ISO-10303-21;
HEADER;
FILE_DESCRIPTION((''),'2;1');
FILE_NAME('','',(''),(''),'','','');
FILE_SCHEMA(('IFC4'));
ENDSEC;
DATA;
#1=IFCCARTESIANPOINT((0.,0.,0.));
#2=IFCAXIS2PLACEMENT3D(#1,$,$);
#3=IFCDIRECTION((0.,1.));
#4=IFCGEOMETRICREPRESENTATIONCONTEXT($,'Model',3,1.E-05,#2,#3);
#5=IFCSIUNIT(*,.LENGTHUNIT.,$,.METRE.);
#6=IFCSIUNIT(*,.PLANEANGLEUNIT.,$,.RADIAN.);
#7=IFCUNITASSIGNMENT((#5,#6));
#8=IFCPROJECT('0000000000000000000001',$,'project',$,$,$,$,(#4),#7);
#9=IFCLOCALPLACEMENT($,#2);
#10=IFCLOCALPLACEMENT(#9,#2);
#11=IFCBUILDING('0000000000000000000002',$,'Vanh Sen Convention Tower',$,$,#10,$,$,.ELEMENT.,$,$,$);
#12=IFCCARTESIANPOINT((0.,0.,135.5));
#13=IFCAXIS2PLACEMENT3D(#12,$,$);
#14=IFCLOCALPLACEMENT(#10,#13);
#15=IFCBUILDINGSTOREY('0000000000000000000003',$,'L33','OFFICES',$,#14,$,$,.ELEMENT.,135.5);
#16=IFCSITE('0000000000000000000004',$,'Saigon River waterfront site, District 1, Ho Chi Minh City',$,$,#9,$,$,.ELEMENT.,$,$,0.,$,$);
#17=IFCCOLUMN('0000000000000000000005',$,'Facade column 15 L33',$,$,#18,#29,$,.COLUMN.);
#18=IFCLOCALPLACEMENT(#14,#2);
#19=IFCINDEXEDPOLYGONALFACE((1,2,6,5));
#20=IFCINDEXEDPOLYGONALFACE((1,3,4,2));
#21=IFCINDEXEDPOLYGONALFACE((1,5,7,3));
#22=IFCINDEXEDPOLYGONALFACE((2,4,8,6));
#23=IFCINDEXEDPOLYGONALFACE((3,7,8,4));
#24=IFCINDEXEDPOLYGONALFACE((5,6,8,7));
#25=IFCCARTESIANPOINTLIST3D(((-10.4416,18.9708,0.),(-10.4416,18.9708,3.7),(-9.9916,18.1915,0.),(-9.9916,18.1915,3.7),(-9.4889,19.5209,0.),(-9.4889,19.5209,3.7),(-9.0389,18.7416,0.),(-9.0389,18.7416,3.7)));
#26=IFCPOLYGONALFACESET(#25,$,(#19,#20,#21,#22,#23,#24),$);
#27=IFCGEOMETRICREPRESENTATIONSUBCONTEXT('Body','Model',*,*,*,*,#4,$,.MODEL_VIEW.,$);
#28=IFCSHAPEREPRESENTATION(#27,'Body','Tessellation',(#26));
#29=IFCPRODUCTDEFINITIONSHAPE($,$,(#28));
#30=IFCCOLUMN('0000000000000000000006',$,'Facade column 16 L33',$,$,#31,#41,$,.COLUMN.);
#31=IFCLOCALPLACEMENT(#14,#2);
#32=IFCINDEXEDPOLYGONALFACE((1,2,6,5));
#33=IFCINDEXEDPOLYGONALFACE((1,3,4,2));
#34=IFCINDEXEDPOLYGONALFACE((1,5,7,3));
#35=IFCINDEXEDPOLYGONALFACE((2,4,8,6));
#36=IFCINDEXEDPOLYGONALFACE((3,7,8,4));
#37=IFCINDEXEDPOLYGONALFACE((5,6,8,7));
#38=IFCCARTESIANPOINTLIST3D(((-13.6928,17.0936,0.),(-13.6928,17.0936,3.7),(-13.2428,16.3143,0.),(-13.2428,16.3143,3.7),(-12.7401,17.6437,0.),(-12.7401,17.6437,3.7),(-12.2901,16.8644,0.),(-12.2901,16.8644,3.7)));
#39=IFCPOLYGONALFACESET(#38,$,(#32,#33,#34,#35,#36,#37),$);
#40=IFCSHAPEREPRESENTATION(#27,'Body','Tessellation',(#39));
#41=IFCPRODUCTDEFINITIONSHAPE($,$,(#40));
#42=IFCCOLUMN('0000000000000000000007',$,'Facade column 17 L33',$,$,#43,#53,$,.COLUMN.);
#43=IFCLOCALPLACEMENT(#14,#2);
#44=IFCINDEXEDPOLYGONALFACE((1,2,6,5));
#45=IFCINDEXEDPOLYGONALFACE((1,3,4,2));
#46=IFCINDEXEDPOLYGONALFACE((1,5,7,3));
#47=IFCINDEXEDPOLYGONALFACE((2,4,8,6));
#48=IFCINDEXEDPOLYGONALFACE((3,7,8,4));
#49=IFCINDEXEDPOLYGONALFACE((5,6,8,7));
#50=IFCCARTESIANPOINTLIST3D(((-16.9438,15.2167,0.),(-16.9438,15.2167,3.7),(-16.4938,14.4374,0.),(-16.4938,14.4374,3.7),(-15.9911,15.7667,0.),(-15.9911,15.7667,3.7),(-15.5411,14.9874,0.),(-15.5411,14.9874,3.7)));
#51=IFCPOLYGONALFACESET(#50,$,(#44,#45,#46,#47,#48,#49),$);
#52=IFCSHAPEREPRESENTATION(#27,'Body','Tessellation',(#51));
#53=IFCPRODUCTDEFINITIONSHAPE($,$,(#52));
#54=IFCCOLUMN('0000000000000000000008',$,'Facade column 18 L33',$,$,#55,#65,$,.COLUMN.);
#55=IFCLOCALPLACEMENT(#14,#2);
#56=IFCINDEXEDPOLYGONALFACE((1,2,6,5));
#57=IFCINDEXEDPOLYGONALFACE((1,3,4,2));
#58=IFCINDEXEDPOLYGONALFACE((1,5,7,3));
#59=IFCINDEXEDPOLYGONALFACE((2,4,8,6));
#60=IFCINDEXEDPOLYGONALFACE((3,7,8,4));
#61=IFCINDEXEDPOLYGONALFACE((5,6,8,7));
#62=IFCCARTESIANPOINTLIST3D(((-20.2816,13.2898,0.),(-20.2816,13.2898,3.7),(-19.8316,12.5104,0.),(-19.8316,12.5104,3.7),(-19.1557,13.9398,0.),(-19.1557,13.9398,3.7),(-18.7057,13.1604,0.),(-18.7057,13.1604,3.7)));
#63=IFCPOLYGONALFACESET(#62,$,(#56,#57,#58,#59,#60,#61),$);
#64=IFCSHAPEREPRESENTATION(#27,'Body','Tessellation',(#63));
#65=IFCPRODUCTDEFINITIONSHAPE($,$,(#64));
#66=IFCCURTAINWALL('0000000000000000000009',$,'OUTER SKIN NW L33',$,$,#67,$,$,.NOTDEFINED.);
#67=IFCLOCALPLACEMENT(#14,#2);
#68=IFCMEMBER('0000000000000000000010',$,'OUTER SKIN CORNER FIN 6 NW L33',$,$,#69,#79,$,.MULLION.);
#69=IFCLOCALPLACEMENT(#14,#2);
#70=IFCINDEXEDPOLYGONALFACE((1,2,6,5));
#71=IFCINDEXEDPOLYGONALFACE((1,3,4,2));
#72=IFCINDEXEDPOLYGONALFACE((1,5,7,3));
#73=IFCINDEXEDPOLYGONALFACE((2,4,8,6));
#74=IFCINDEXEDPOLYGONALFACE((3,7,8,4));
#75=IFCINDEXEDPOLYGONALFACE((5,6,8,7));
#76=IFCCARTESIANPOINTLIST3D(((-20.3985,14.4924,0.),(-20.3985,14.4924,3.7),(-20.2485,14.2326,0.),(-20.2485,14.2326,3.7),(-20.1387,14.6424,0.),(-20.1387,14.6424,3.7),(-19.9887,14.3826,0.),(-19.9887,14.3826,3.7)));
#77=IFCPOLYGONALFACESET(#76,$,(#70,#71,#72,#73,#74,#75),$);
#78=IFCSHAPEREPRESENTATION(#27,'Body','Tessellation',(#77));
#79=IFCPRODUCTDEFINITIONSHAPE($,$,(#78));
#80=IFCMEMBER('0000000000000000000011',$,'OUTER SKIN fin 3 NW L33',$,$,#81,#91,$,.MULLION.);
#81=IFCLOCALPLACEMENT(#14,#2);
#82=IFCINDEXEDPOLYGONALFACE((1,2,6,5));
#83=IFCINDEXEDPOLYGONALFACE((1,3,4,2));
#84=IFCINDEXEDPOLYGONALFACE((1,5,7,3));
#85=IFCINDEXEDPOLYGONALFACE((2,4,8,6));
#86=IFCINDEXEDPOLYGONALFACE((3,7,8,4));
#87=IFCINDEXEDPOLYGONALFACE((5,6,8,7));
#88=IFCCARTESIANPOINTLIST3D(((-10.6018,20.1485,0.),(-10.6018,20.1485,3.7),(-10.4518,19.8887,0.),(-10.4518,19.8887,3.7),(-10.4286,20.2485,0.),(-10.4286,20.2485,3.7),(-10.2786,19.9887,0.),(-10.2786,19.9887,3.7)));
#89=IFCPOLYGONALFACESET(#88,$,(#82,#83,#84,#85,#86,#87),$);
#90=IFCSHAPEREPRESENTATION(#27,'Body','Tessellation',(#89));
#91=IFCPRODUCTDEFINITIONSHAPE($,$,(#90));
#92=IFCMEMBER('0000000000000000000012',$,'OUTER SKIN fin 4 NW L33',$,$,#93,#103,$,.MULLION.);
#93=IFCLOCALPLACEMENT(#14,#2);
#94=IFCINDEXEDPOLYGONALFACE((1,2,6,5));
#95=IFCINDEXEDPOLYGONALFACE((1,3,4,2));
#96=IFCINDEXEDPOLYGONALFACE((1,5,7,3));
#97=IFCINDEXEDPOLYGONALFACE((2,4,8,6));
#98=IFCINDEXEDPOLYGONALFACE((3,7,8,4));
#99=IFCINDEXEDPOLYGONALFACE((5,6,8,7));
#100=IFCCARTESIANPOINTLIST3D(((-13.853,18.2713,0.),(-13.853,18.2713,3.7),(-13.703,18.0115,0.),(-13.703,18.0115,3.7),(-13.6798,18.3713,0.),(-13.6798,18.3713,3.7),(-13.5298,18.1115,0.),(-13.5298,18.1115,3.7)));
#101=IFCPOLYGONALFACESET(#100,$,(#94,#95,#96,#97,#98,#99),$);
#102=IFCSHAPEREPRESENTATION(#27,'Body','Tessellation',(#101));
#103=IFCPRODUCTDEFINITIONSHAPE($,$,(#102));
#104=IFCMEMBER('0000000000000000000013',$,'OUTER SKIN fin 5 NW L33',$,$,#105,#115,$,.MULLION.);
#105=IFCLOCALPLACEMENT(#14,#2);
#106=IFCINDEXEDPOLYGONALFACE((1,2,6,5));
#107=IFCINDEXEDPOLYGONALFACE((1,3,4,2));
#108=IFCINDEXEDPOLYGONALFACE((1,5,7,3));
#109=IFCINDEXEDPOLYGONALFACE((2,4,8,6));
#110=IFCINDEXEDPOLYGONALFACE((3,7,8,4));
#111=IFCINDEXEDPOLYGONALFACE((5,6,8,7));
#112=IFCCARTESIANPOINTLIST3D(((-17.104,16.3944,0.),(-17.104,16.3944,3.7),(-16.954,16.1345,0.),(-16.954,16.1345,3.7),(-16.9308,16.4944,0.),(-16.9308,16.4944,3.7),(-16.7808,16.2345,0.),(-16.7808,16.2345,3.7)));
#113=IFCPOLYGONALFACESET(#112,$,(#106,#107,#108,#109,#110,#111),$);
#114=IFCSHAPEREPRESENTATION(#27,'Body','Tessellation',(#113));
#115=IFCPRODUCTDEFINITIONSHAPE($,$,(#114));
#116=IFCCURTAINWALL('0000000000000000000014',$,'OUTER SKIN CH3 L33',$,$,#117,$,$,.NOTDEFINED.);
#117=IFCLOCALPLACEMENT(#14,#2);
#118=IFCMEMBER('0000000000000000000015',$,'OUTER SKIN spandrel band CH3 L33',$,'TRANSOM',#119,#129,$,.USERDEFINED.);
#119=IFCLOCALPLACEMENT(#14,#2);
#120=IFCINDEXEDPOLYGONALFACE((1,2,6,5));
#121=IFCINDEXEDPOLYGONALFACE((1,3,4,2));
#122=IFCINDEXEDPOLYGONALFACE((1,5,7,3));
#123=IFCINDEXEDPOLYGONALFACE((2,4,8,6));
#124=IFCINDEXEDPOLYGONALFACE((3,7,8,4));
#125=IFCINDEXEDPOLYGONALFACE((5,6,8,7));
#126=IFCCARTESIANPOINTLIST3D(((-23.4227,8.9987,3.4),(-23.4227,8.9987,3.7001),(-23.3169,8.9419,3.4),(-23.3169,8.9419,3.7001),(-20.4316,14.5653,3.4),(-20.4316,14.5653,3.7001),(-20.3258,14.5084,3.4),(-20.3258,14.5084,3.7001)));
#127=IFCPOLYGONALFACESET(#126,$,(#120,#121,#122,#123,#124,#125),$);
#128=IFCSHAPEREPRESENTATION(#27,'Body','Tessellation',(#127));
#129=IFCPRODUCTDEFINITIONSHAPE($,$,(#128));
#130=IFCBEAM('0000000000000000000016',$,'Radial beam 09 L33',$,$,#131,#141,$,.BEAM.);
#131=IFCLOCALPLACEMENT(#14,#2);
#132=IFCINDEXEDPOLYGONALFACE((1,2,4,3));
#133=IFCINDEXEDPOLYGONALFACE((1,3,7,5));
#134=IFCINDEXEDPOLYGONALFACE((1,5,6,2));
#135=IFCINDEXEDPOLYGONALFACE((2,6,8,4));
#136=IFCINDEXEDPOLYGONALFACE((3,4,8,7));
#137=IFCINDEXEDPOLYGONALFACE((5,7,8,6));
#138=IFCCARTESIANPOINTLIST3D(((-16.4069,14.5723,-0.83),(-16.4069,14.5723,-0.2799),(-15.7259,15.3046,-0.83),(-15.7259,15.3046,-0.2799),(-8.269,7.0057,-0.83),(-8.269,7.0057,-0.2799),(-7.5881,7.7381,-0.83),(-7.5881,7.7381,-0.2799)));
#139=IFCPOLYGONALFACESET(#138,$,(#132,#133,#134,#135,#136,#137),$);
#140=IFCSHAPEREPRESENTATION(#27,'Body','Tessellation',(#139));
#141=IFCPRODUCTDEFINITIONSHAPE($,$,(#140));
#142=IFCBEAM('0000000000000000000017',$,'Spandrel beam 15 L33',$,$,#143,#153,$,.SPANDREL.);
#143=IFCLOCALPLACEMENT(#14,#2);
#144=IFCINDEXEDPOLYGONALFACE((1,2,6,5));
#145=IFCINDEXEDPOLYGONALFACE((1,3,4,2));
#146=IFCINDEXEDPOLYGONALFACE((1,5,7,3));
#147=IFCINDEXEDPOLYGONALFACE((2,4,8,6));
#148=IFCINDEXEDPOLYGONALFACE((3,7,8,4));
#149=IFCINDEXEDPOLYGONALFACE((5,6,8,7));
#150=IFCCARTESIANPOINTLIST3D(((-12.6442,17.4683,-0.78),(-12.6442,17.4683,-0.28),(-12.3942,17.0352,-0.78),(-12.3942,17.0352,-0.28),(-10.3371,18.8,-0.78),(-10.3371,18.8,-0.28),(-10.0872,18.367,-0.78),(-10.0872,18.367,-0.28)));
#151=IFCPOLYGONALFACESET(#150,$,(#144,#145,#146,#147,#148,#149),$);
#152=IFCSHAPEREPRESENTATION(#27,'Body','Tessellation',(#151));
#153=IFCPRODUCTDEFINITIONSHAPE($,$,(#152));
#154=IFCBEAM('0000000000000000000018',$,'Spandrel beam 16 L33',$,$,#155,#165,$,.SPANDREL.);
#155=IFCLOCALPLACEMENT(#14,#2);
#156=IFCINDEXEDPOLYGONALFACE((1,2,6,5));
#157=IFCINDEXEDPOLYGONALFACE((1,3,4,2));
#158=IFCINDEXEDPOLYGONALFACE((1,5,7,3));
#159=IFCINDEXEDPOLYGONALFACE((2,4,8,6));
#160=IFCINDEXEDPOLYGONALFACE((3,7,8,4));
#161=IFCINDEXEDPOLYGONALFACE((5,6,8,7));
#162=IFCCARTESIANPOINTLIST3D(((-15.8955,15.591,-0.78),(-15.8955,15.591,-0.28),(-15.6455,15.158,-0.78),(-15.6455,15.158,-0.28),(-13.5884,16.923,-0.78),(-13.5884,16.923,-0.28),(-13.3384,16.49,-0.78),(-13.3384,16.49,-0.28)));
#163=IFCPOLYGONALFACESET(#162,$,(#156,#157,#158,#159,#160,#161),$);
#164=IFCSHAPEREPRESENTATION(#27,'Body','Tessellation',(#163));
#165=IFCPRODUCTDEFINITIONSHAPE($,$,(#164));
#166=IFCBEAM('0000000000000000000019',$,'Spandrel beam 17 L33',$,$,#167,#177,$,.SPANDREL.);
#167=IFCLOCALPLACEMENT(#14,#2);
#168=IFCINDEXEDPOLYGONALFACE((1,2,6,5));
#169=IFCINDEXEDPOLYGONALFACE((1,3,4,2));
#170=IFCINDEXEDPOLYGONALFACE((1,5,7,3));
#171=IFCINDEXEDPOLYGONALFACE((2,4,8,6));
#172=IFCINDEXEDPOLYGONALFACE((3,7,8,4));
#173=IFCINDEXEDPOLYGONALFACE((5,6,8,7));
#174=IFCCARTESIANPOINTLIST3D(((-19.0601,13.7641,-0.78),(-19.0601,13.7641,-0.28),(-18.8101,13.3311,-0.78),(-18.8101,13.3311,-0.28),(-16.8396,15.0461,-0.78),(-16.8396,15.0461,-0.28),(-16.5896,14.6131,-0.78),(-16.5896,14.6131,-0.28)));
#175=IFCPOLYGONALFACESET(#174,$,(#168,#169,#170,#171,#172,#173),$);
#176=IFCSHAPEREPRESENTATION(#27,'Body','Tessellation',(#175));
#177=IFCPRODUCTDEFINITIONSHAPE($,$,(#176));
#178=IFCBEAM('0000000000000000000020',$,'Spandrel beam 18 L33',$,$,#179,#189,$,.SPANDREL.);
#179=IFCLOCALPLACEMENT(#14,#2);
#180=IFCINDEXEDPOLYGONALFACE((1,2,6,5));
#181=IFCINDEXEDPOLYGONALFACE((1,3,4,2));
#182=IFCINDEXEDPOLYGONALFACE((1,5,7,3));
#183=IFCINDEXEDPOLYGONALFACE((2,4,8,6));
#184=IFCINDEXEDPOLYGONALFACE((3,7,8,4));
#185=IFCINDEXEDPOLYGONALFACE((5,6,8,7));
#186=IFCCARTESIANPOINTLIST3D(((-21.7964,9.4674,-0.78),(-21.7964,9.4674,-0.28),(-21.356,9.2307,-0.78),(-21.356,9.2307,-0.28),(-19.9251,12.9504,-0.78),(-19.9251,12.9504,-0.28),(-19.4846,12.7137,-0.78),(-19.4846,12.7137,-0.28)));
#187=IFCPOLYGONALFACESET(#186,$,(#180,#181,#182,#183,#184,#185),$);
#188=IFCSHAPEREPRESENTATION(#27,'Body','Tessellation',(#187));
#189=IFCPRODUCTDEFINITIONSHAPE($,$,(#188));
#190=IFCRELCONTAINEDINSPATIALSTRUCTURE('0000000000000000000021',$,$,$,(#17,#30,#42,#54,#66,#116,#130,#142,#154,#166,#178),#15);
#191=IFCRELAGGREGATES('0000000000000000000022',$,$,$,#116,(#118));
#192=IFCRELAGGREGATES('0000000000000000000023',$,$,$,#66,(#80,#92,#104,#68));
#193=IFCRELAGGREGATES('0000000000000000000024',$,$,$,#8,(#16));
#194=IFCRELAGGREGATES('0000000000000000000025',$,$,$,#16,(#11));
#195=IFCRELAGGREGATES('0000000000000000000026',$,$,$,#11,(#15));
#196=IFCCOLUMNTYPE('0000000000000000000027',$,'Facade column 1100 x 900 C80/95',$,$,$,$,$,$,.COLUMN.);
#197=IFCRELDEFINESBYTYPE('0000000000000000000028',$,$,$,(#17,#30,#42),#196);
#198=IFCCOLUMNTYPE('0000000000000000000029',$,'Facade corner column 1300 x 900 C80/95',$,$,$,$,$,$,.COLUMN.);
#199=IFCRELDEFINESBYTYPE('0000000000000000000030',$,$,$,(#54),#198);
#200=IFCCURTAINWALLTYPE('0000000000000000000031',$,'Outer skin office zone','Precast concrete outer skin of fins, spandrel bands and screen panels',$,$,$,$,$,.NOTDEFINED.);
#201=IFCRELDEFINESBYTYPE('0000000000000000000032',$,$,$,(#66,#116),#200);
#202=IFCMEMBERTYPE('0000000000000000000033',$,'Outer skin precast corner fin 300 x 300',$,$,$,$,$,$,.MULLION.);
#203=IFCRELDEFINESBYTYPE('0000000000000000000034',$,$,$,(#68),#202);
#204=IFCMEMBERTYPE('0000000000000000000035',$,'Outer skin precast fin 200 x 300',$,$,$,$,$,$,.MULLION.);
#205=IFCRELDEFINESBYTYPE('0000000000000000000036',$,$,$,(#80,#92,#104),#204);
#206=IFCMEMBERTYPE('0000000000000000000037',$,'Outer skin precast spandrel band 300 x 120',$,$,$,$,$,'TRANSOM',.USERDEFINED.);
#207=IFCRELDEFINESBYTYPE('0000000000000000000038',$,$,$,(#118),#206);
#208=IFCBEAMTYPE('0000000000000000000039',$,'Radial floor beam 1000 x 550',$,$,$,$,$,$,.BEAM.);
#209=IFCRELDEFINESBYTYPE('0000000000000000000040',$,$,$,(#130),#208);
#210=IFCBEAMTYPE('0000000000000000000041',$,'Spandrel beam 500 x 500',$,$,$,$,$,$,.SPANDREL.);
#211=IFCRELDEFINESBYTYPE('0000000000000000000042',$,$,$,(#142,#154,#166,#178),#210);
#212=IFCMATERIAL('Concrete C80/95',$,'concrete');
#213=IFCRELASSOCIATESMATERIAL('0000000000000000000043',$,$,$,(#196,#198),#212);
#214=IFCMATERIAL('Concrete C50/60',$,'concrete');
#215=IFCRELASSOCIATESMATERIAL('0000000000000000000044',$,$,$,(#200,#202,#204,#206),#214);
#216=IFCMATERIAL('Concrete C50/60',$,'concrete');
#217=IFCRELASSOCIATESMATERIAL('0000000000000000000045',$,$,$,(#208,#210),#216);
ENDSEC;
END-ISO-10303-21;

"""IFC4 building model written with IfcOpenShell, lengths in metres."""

from ifc_helpers import new_model, si_unit, direction, frame, origin, origin_2d, place, context, subcontext, project, spatial, rectangle, extrude, material, material_profile, profile_set, type_object, element, aggregate, save


model = new_model("IFC4")

# Units and contexts
model_context = context("Model", 3, precision=1e-05, world=origin(), true_north=direction((0.0, 1.0)))
body_context = subcontext(model_context, "Body", "Model", "MODEL_VIEW")
ifc_project = project(units=[si_unit("LENGTHUNIT", "METRE"), si_unit("PLANEANGLEUNIT", "RADIAN")], contexts=[model_context])

# Site, building, storey
site_placement = place(None, origin())
site = spatial("IfcSite", under=ifc_project, at=site_placement, Name="Saigon River waterfront site, District 1, Ho Chi Minh City", CompositionType="ELEMENT", RefElevation=0.0)
building_placement = place(site_placement, origin())
building = spatial("IfcBuilding", under=site, at=building_placement, Name="Vanh Sen Convention Tower", CompositionType="ELEMENT")
storey_placement = place(building_placement, frame((0.0, 0.0, 135.5)))
storey = spatial("IfcBuildingStorey", under=building, at=storey_placement, Name="L33", Description="OFFICES", CompositionType="ELEMENT", Elevation=135.5)

# Columns
ifc_material_1 = material(Name="Concrete C80/95", Category="concrete")
ifc_material_profile_1 = material_profile(ifc_material_1, rectangle(XDim=1.1001, YDim=0.8999, at=origin_2d()), Name="RC 1100X900")
ifc_profile_set_1 = profile_set([ifc_material_profile_1], Name="Concrete C80/95")
column_type_1 = type_object("IfcColumnType", Name="Facade column 1100 x 900 C80/95", PredefinedType="COLUMN", material=ifc_profile_set_1)
for number, where, z_axis, x_axis, name in (
    (1, (-9.7402, 18.8562, 0.0), (0.0, 0.0, 1.0), (-0.866025, -0.5, 0.0), "Facade column 15 L33"),
    (2, (-12.9915, 16.979, 0.0), (0.0, 0.0, 1.0), (-0.866025, -0.5, 0.0), "Facade column 16 L33"),
    (3, (-16.2424, 15.1021, 0.0), (0.0, 0.0, 1.0), (-0.866025, -0.5, 0.0), "Facade column 17 L33"),
):
    element("IfcColumn", number, at=place(storey_placement, frame(where, z_axis=z_axis, x_axis=x_axis)), inside=storey, type_object=column_type_1, Name=name, PredefinedType="COLUMN", context=body_context, shape_type="SweptSolid", body=[
        extrude(rectangle(XDim=1.1001, YDim=0.8999, at=origin_2d()), origin(), (0.0, 0.0, 1.0), 3.7),
    ])
ifc_material_profile_2 = material_profile(ifc_material_1, rectangle(XDim=1.3, YDim=0.8999, at=origin_2d()), Name="RC 1300X900")
ifc_profile_set_2 = profile_set([ifc_material_profile_2], Name="Concrete C80/95")
column_type_2 = type_object("IfcColumnType", Name="Facade corner column 1300 x 900 C80/95", PredefinedType="COLUMN", material=ifc_profile_set_2)
column_placement = place(storey_placement, frame((-19.4937, 13.2251, 0.0), z_axis=(0.0, 0.0, 1.0), x_axis=(-0.866025, -0.5, 0.0)))
element("IfcColumn", 4, at=column_placement, inside=storey, type_object=column_type_2, Name="Facade column 18 L33", PredefinedType="COLUMN", context=body_context, shape_type="SweptSolid", body=[
    extrude(rectangle(XDim=1.3, YDim=0.8999, at=origin_2d()), origin(), (0.0, 0.0, 1.0), 3.7),
])

# Curtain wall, members
ifc_material_2 = material(Name="Concrete C50/60", Category="concrete")
curtain_wall_type = type_object("IfcCurtainWallType", Name="Outer skin office zone", Description="Precast concrete outer skin of fins, spandrel bands and screen panels", PredefinedType="NOTDEFINED", material=ifc_material_2)
curtain_wall_1_placement = place(storey_placement, origin())
curtain_wall_1 = element("IfcCurtainWall", 5, at=curtain_wall_1_placement, inside=storey, type_object=curtain_wall_type, Name="OUTER SKIN NW L33", PredefinedType="NOTDEFINED")
ifc_material_profile_3 = material_profile(ifc_material_2, rectangle(XDim=0.3, YDim=0.3, at=origin_2d()), Name="Outer skin precast corner fin 300 x 300")
ifc_profile_set_3 = profile_set([ifc_material_profile_3], Name="Concrete C50/60")
member_type_1 = type_object("IfcMemberType", Name="Outer skin precast corner fin 300 x 300", PredefinedType="MULLION", material=ifc_profile_set_3)
member_1_placement = place(storey_placement, frame((-20.1936, 14.4375, 0.0), z_axis=(0.0, 0.0, 1.0), x_axis=(-0.866025, -0.5, 0.0)))
member_1 = element("IfcMember", 6, at=member_1_placement, type_object=member_type_1, Name="OUTER SKIN CORNER FIN 6 NW L33", PredefinedType="MULLION", context=body_context, shape_type="SweptSolid", body=[
    extrude(rectangle(XDim=0.3, YDim=0.3, at=origin_2d()), origin(), (0.0, 0.0, 1.0), 3.7),
])
ifc_material_profile_4 = material_profile(ifc_material_2, rectangle(XDim=0.2, YDim=0.3, at=origin_2d()), Name="Outer skin precast fin 200 x 300")
ifc_profile_set_4 = profile_set([ifc_material_profile_4], Name="Concrete C50/60")
member_type_2 = type_object("IfcMemberType", Name="Outer skin precast fin 200 x 300", PredefinedType="MULLION", material=ifc_profile_set_4)
member_2_placement = place(storey_placement, frame((-10.4402, 20.0686, 0.0), z_axis=(0.0, 0.0, 1.0), x_axis=(-0.866025, -0.5, 0.0)))
member_2 = element("IfcMember", 7, at=member_2_placement, type_object=member_type_2, Name="OUTER SKIN fin 3 NW L33", PredefinedType="MULLION", context=body_context, shape_type="SweptSolid", body=[
    extrude(rectangle(XDim=0.2, YDim=0.3, at=origin_2d()), origin(), (0.0, 0.0, 1.0), 3.7),
])
member_3_placement = place(storey_placement, frame((-13.6914, 18.1914, 0.0), z_axis=(0.0, 0.0, 1.0), x_axis=(-0.866025, -0.5, 0.0)))
member_3 = element("IfcMember", 8, at=member_3_placement, type_object=member_type_2, Name="OUTER SKIN fin 4 NW L33", PredefinedType="MULLION", context=body_context, shape_type="SweptSolid", body=[
    extrude(rectangle(XDim=0.2, YDim=0.3, at=origin_2d()), origin(), (0.0, 0.0, 1.0), 3.7),
])
member_4_placement = place(storey_placement, frame((-16.9424, 16.3145, 0.0), z_axis=(0.0, 0.0, 1.0), x_axis=(-0.866025, -0.5, 0.0)))
member_4 = element("IfcMember", 9, at=member_4_placement, type_object=member_type_2, Name="OUTER SKIN fin 5 NW L33", PredefinedType="MULLION", context=body_context, shape_type="SweptSolid", body=[
    extrude(rectangle(XDim=0.2, YDim=0.3, at=origin_2d()), origin(), (0.0, 0.0, 1.0), 3.7),
])

# Curtain wall, member
curtain_wall_2_placement = place(storey_placement, origin())
curtain_wall_2 = element("IfcCurtainWall", 10, at=curtain_wall_2_placement, inside=storey, type_object=curtain_wall_type, Name="OUTER SKIN CH3 L33", PredefinedType="NOTDEFINED")
ifc_material_profile_5 = material_profile(ifc_material_2, rectangle(XDim=0.1201, YDim=0.3, at=origin_2d()), Name="Outer skin precast spandrel band 300 x 120")
ifc_profile_set_5 = profile_set([ifc_material_profile_5], Name="Concrete C50/60")
member_type_3 = type_object("IfcMemberType", Name="Outer skin precast spandrel band 300 x 120", ElementType="TRANSOM", PredefinedType="USERDEFINED", material=ifc_profile_set_5)
member_5_placement = place(storey_placement, frame((-20.3787, 14.5369, 3.55), z_axis=(-0.473337, -0.880881, 0.0), x_axis=(0.880881, -0.473337, 0.0)))
member_5 = element("IfcMember", 11, at=member_5_placement, type_object=member_type_3, Name="OUTER SKIN spandrel band CH3 L33", ObjectType="TRANSOM", PredefinedType="USERDEFINED", context=body_context, shape_type="SweptSolid", body=[
    extrude(rectangle(XDim=0.1201, YDim=0.3, at=origin_2d()), origin(), (0.0, 0.0, 1.0), 6.3193),
])
aggregate(curtain_wall_2, [member_5])

# Beams
ifc_material_3 = material(Name="Concrete C50/60", Category="concrete")
ifc_material_profile_6 = material_profile(ifc_material_3, rectangle(XDim=1.0, YDim=0.55, at=origin_2d()), Name="RC 1000X550")
ifc_profile_set_6 = profile_set([ifc_material_profile_6], Name="Concrete C50/60")
beam_type_1 = type_object("IfcBeamType", Name="Radial floor beam 1000 x 550", PredefinedType="BEAM", material=ifc_profile_set_6)
beam_1_placement = place(storey_placement, frame((-16.0664, 14.9385, -0.5549), z_axis=(0.732345, -0.680934, 0.0), x_axis=(0.680934, 0.732345, 0.0)))
element("IfcBeam", 12, at=beam_1_placement, inside=storey, type_object=beam_type_1, Name="Radial beam 09 L33", PredefinedType="BEAM", context=body_context, shape_type="SweptSolid", body=[
    extrude(rectangle(XDim=1.0, YDim=0.55, at=origin_2d()), origin(), (0.0, 0.0, 1.0), 11.1121),
])
ifc_material_profile_7 = material_profile(ifc_material_3, rectangle(XDim=0.5, YDim=0.5, at=origin_2d()), Name="RC 500X500")
ifc_profile_set_7 = profile_set([ifc_material_profile_7], Name="Concrete C50/60")
beam_type_2 = type_object("IfcBeamType", Name="Spandrel beam 500 x 500", PredefinedType="SPANDREL", material=ifc_profile_set_7)
beam_2_placement = place(storey_placement, frame((-10.2122, 18.5835, -0.53), z_axis=(-0.866063, -0.499934, 0.0), x_axis=(0.499934, -0.866063, 0.0)))
element("IfcBeam", 13, at=beam_2_placement, inside=storey, type_object=beam_type_2, Name="Spandrel beam 15 L33", PredefinedType="SPANDREL", context=body_context, shape_type="SweptSolid", body=[
    extrude(rectangle(XDim=0.5, YDim=0.5, at=origin_2d()), origin(), (0.0, 0.0, 1.0), 2.6638),
])
beam_3_placement = place(storey_placement, frame((-13.4634, 16.7065, -0.53), z_axis=(-0.866024, -0.500003, 0.0), x_axis=(0.500003, -0.866024, 0.0)))
element("IfcBeam", 14, at=beam_3_placement, inside=storey, type_object=beam_type_2, Name="Spandrel beam 16 L33", PredefinedType="SPANDREL", context=body_context, shape_type="SweptSolid", body=[
    extrude(rectangle(XDim=0.5, YDim=0.5, at=origin_2d()), origin(), (0.0, 0.0, 1.0), 2.6641),
])
beam_4_placement = place(storey_placement, frame((-16.7146, 14.8296, -0.53), z_axis=(-0.866025, -0.5, 0.0), x_axis=(0.5, -0.866025, 0.0)))
element("IfcBeam", 15, at=beam_4_placement, inside=storey, type_object=beam_type_2, Name="Spandrel beam 17 L33", PredefinedType="SPANDREL", context=body_context, shape_type="SweptSolid", body=[
    extrude(rectangle(XDim=0.5, YDim=0.5, at=origin_2d()), origin(), (0.0, 0.0, 1.0), 2.564),
])
beam_5_placement = place(storey_placement, frame((-19.7048, 12.832, -0.53), z_axis=(-0.473301, -0.880901, 0.0), x_axis=(0.880901, -0.473301, 0.0)))
element("IfcBeam", 16, at=beam_5_placement, inside=storey, type_object=beam_type_2, Name="Spandrel beam 18 L33", PredefinedType="SPANDREL", context=body_context, shape_type="SweptSolid", body=[
    extrude(rectangle(XDim=0.5, YDim=0.5, at=origin_2d()), origin(), (0.0, 0.0, 1.0), 3.9539),
])

aggregate(curtain_wall_1, [member_2, member_3, member_4, member_1])

save(model, "model.ifc")
